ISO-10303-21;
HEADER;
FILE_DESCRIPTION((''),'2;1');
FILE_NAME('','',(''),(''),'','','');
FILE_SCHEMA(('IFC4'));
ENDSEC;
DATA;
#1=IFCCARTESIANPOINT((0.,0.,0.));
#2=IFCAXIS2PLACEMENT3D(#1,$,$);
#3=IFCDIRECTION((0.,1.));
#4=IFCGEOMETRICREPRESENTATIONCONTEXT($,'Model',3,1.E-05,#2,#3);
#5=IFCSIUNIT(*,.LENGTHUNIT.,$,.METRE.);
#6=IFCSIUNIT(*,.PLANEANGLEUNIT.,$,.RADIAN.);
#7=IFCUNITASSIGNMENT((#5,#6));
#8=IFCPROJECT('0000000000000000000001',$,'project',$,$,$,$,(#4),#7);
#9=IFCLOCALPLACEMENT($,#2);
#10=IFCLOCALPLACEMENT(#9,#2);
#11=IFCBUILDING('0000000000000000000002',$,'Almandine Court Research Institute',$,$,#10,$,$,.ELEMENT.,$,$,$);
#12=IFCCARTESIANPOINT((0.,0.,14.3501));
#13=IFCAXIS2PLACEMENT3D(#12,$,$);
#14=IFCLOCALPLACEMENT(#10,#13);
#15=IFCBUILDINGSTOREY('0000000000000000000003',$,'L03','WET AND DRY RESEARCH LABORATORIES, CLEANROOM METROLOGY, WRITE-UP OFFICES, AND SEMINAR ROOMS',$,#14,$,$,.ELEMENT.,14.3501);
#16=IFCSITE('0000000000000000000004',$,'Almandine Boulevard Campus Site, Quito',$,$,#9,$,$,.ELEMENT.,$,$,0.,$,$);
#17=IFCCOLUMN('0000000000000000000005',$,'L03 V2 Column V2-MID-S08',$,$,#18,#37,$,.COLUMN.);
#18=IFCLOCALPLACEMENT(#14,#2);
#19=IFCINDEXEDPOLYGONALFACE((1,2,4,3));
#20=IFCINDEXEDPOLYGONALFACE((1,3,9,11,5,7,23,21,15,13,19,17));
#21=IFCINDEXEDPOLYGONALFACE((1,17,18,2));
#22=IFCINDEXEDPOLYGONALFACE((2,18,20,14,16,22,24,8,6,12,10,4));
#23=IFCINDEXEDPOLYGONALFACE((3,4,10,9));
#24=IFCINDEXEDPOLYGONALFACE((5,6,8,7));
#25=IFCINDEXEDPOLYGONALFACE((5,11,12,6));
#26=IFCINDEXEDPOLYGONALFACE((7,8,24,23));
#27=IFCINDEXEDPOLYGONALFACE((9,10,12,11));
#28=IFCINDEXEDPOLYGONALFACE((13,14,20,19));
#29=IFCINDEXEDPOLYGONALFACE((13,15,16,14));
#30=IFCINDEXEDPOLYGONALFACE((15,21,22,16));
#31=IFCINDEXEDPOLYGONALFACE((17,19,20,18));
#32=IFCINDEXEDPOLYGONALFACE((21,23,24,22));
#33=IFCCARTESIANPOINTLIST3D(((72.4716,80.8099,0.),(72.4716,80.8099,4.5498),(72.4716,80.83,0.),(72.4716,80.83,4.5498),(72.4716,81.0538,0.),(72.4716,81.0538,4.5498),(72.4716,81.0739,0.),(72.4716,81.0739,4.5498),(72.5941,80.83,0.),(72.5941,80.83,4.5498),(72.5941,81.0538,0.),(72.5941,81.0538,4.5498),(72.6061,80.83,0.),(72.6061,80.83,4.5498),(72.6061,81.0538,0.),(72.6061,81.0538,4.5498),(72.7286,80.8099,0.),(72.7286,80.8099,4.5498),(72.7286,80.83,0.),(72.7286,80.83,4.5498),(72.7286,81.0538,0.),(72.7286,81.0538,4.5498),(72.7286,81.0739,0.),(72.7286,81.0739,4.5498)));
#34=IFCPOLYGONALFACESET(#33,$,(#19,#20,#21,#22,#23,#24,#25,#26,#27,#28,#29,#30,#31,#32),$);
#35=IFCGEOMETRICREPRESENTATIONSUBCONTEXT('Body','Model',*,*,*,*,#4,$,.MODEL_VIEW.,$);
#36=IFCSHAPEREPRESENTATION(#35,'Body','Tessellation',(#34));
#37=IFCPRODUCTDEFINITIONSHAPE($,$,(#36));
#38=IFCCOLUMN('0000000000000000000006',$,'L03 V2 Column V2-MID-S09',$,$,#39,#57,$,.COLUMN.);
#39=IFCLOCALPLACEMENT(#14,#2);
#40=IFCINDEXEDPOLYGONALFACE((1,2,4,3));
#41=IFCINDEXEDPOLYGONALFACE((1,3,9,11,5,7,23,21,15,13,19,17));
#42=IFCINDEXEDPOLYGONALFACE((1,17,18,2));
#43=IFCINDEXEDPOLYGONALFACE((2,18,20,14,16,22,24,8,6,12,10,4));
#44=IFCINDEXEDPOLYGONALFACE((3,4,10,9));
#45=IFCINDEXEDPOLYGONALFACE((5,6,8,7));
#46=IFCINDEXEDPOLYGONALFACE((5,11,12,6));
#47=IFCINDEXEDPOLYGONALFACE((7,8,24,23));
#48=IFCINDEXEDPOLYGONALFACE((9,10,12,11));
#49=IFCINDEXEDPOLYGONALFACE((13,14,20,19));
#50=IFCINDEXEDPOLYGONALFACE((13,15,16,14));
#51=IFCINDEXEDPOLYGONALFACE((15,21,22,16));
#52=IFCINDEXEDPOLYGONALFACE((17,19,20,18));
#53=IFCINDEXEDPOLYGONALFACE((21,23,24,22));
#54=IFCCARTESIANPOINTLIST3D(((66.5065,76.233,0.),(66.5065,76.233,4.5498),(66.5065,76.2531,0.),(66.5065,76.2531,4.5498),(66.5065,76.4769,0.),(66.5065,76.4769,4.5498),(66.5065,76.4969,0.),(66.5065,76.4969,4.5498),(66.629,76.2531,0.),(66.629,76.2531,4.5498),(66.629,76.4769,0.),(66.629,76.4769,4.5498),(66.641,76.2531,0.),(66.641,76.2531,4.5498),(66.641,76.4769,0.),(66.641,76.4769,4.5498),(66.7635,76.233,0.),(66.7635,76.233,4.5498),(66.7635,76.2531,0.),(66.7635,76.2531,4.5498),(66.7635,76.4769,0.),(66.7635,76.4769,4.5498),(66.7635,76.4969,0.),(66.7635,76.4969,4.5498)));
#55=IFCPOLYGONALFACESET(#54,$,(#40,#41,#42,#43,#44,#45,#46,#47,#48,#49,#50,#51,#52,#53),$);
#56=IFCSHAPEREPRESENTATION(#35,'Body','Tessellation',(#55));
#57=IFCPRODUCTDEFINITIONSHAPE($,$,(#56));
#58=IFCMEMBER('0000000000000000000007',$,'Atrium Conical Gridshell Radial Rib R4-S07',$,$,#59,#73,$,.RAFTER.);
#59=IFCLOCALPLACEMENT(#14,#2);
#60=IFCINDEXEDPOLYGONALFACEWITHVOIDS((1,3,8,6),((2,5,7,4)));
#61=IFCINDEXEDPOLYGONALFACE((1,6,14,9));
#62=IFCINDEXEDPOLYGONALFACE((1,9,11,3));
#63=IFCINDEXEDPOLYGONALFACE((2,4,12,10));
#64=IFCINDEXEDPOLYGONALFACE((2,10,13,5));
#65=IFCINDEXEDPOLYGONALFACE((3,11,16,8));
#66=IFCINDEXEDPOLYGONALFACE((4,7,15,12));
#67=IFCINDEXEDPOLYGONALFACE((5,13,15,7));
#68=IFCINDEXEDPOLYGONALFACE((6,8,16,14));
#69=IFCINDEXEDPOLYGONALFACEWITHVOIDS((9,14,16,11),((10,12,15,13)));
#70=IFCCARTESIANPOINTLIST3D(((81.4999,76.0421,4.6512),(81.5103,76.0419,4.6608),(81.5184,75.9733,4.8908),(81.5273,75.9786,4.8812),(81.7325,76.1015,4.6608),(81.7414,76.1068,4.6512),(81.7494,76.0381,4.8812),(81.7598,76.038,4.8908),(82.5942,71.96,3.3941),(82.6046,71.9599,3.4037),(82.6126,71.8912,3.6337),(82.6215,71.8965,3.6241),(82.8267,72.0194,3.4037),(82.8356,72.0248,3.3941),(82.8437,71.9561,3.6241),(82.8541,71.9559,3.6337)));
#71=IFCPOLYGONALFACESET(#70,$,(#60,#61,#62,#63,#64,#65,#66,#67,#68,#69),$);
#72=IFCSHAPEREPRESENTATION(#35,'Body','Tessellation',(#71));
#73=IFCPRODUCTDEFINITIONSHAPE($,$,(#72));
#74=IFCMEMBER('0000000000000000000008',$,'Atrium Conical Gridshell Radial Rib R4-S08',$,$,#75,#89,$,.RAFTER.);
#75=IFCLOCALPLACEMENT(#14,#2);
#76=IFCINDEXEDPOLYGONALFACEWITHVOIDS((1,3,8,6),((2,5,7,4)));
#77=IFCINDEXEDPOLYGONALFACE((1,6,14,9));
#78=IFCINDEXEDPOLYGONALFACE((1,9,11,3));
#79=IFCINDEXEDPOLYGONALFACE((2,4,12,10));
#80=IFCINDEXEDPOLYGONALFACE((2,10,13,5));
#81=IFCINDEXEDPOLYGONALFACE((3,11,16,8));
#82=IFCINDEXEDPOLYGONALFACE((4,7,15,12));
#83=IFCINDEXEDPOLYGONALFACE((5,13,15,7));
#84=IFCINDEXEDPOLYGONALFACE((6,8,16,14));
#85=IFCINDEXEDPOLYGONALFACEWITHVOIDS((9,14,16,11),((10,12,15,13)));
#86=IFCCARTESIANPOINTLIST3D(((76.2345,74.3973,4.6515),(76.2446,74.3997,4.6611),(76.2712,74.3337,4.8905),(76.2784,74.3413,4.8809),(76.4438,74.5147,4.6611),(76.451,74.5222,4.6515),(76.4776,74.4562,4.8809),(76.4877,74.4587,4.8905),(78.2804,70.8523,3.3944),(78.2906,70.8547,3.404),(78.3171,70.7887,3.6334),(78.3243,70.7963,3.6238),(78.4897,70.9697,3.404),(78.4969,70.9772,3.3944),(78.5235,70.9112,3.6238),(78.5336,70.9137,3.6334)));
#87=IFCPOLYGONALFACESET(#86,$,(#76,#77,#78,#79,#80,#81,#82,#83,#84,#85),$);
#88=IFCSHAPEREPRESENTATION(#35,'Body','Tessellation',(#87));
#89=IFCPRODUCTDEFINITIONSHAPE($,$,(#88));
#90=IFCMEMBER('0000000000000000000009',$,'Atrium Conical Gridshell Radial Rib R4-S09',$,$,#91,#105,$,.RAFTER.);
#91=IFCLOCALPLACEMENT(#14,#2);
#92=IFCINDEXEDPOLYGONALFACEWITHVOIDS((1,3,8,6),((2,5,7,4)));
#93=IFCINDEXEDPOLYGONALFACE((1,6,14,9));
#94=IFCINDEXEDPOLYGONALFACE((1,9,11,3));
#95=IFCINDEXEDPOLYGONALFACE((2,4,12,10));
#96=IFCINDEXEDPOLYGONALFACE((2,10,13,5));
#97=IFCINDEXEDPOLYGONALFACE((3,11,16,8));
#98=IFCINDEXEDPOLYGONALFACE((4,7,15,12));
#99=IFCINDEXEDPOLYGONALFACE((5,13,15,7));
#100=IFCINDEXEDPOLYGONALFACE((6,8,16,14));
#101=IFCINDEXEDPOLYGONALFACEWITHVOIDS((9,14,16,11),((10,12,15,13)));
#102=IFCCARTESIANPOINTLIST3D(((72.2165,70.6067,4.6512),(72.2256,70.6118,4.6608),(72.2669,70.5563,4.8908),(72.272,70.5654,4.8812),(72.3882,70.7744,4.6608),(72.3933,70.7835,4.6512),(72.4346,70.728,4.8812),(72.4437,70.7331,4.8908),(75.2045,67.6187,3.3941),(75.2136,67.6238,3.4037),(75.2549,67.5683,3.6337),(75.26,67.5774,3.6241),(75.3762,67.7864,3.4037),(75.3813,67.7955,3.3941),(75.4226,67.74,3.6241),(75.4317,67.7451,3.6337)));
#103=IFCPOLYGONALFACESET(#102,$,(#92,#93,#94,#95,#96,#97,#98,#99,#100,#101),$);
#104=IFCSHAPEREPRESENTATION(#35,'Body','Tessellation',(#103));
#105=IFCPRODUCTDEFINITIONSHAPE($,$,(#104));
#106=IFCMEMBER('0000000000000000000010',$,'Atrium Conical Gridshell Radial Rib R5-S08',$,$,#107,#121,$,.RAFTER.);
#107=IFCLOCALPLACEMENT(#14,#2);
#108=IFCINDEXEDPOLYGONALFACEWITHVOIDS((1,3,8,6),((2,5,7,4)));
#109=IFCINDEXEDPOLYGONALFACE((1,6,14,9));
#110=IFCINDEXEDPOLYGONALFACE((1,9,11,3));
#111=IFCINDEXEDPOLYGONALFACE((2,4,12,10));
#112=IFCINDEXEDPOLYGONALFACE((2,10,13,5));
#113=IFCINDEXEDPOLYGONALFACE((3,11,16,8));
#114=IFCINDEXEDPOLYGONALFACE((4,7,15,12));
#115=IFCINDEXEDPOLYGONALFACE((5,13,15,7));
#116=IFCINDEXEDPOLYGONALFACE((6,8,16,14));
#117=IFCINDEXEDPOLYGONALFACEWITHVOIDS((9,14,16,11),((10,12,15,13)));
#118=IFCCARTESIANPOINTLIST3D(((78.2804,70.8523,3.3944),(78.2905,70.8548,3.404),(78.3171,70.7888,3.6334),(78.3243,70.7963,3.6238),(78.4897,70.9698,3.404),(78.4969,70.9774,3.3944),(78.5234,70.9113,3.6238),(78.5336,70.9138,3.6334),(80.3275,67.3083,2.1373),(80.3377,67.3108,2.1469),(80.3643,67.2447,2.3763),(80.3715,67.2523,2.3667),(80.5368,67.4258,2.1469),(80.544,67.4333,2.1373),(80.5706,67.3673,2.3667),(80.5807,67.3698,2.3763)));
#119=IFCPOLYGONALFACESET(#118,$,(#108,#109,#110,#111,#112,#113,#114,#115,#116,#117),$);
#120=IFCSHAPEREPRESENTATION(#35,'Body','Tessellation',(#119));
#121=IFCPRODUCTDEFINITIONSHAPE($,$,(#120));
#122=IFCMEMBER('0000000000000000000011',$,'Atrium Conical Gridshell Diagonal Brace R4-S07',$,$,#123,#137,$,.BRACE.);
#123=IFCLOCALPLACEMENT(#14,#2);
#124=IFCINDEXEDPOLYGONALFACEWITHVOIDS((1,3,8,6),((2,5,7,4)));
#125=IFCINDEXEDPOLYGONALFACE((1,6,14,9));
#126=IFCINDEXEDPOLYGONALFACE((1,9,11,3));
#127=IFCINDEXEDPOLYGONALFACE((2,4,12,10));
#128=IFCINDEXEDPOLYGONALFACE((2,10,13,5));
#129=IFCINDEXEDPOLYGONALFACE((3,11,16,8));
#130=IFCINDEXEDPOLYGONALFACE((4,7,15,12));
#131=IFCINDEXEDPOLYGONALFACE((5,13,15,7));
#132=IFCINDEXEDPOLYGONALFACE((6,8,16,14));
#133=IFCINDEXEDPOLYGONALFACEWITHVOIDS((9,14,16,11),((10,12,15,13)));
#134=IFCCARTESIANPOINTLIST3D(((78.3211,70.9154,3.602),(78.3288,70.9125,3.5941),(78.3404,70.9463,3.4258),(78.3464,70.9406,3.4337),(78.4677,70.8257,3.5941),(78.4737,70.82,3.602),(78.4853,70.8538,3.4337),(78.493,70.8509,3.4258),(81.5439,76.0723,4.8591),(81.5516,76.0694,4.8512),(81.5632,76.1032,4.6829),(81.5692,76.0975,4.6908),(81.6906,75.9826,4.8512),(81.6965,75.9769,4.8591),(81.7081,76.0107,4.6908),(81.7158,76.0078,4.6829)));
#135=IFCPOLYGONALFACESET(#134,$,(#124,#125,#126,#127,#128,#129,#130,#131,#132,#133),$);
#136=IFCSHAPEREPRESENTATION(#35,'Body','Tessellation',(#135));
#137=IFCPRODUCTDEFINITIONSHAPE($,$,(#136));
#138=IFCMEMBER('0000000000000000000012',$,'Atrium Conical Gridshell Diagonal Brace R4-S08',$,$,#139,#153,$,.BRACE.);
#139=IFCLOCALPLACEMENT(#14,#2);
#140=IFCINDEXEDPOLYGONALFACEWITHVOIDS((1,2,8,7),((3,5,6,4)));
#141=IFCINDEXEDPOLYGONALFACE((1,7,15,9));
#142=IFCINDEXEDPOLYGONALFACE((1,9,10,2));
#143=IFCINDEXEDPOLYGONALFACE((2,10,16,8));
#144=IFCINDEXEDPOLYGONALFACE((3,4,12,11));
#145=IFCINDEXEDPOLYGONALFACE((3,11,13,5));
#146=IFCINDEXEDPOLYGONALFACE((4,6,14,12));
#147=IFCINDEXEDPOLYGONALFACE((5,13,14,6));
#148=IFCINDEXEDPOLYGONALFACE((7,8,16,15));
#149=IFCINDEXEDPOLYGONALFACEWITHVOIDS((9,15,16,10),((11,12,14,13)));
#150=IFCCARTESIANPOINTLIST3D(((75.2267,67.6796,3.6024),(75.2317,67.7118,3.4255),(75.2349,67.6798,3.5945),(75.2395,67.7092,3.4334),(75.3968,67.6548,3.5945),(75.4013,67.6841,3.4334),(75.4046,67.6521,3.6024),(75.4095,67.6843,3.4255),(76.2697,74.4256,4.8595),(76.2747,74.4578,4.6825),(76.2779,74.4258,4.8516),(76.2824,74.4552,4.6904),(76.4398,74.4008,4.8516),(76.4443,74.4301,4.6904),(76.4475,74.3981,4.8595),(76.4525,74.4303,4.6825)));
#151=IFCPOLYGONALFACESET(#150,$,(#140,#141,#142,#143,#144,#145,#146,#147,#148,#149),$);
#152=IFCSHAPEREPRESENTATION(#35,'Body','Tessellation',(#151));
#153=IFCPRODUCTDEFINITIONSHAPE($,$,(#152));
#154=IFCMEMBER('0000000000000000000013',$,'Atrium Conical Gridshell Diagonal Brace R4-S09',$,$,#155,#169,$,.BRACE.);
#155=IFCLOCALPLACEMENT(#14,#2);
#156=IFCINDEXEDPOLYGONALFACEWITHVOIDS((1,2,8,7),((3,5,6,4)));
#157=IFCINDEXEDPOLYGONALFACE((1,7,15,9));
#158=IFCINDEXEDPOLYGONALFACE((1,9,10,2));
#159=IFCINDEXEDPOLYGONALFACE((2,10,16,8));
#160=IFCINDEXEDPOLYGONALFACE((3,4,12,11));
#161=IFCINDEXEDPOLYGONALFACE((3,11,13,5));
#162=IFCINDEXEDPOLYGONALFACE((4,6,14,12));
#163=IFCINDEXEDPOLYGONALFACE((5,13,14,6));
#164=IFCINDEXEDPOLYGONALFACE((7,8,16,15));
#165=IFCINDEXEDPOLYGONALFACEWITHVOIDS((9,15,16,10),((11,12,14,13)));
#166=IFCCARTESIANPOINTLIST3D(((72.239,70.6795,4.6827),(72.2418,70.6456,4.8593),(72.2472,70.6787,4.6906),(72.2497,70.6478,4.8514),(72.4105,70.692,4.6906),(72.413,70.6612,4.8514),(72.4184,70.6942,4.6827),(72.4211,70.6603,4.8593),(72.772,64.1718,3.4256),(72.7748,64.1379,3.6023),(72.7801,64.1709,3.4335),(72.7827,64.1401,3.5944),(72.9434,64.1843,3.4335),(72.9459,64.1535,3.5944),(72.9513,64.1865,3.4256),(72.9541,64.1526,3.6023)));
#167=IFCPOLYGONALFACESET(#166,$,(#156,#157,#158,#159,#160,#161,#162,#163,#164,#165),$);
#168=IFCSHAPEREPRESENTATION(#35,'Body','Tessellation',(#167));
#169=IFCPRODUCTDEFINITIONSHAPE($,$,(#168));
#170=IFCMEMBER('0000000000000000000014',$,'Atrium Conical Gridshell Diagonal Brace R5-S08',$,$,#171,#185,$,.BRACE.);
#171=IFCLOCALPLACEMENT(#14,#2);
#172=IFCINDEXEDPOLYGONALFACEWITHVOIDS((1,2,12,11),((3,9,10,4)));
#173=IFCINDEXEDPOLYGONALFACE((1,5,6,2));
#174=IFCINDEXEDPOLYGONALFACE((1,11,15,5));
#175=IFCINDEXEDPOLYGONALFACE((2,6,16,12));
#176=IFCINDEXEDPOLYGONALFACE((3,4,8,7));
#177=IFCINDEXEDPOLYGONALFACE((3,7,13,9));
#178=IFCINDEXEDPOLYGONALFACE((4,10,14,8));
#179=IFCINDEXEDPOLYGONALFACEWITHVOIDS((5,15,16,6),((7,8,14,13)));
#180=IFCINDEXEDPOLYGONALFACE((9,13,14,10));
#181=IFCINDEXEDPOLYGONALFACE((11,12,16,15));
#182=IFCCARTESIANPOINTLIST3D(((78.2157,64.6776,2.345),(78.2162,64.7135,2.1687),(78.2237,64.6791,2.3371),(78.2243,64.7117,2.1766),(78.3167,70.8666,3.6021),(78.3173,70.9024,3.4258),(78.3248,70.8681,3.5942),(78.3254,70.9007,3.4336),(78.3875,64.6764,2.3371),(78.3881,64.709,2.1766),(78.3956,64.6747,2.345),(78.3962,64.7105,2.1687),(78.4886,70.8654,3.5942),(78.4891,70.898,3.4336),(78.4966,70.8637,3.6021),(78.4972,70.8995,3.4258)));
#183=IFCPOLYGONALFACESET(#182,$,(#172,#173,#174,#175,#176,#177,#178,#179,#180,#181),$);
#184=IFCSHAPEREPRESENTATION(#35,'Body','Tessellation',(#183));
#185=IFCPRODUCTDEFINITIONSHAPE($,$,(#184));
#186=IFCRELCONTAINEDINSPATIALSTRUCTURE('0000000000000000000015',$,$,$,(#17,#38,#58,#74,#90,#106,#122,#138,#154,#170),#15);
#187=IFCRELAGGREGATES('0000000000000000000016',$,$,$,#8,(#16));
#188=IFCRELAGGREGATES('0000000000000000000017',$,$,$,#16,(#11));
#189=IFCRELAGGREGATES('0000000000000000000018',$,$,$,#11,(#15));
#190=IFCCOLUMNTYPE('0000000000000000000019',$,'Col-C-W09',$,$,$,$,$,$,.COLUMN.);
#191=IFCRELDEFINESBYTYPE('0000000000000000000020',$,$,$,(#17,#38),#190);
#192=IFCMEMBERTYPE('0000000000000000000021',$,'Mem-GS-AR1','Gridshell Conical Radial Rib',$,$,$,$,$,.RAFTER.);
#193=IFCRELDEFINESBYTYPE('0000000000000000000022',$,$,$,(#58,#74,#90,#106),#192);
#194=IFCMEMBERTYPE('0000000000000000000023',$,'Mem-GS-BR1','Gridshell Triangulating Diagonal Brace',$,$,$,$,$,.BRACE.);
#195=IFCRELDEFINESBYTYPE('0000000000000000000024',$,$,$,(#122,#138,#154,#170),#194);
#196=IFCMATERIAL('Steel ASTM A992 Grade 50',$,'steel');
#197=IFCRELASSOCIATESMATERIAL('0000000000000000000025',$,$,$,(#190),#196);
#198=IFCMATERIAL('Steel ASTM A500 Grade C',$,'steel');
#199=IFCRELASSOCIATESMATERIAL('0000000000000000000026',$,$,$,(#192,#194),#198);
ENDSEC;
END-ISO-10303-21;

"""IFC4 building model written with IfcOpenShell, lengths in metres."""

from ifc_helpers import new_model, si_unit, direction, frame, origin, origin_2d, place, context, subcontext, project, spatial, hollow_rectangle, i_section, extrude, material, material_profile, profile_set, type_object, element, save


model = new_model("IFC4")

# Units and contexts
model_context = context("Model", 3, precision=1e-05, world=origin(), true_north=direction((0.0, 1.0)))
body_context = subcontext(model_context, "Body", "Model", "MODEL_VIEW")
ifc_project = project(units=[si_unit("LENGTHUNIT", "METRE"), si_unit("PLANEANGLEUNIT", "RADIAN")], contexts=[model_context])

# Site, building, storey
site_placement = place(None, origin())
site = spatial("IfcSite", under=ifc_project, at=site_placement, Name="Almandine Boulevard Campus Site, Quito", CompositionType="ELEMENT", RefElevation=0.0)
building_placement = place(site_placement, origin())
building = spatial("IfcBuilding", under=site, at=building_placement, Name="Almandine Court Research Institute", CompositionType="ELEMENT")
storey_placement = place(building_placement, frame((0.0, 0.0, 14.3501)))
storey = spatial("IfcBuildingStorey", under=building, at=storey_placement, Name="L03", Description="WET AND DRY RESEARCH LABORATORIES, CLEANROOM METROLOGY, WRITE-UP OFFICES, AND SEMINAR ROOMS", CompositionType="ELEMENT", Elevation=14.3501)

# Columns
ifc_material_1 = material(Name="Steel ASTM A992 Grade 50", Category="steel")
ifc_material_profile_1 = material_profile(ifc_material_1, i_section(OverallWidth=0.2571, OverallDepth=0.2639, WebThickness=0.012, FlangeThickness=0.02, at=origin_2d()), Name="W250x101")
ifc_profile_set_1 = profile_set([ifc_material_profile_1], Name="Steel ASTM A992 Grade 50")
column_type = type_object("IfcColumnType", Name="Col-C-W09", PredefinedType="COLUMN", material=ifc_profile_set_1)
for number, where, z_axis, x_axis, name in (
    (1, (72.6001, 80.9419, 0.0), (0.0, 0.0, 1.0), (1.0, 0.0, 0.0), "L03 V2 Column V2-MID-S08"),
    (2, (66.635, 76.365, 0.0), (0.0, 0.0, 1.0), (1.0, 0.0, 0.0), "L03 V2 Column V2-MID-S09"),
):
    element("IfcColumn", number, at=place(storey_placement, frame(where, z_axis=z_axis, x_axis=x_axis)), inside=storey, type_object=column_type, Name=name, PredefinedType="COLUMN", context=body_context, shape_type="SweptSolid", body=[
        extrude(i_section(OverallWidth=0.2571, OverallDepth=0.2639, WebThickness=0.012, FlangeThickness=0.02, at=origin_2d()), origin(), (0.0, 0.0, 1.0), 4.5498),
    ])

# Members
ifc_material_2 = material(Name="Steel ASTM A500 Grade C", Category="steel")
ifc_material_profile_2 = material_profile(ifc_material_2, hollow_rectangle(XDim=0.25, YDim=0.25, WallThickness=0.01, at=origin_2d()), Name="HSS 250x250x10")
ifc_profile_set_2 = profile_set([ifc_material_profile_2], Name="Steel ASTM A500 Grade C")
member_type_1 = type_object("IfcMemberType", Name="Mem-GS-AR1", Description="Gridshell Conical Radial Rib", PredefinedType="RAFTER", material=ifc_profile_set_2)
member_1_placement = place(storey_placement, frame((81.6299, 76.04, 4.771), z_axis=(0.248175, -0.92581, -0.285107), x_axis=(0.965899, 0.258921, 0.0)))
element("IfcMember", 3, at=member_1_placement, inside=storey, type_object=member_type_1, Name="Atrium Conical Gridshell Radial Rib R4-S07", PredefinedType="RAFTER", context=body_context, shape_type="SweptSolid", body=[
    extrude(hollow_rectangle(XDim=0.25, YDim=0.25, WallThickness=0.01, at=origin_2d()), origin(), (0.0, 0.0, 1.0), 4.4092),
])
member_2_placement = place(storey_placement, frame((76.3611, 74.428, 4.771), z_axis=(0.477831, -0.827936, -0.293598), x_axis=(0.866106, 0.49986, 0.0)))
element("IfcMember", 4, at=member_2_placement, inside=storey, type_object=member_type_1, Name="Atrium Conical Gridshell Radial Rib R4-S08", PredefinedType="RAFTER", context=body_context, shape_type="SweptSolid", body=[
    extrude(hollow_rectangle(XDim=0.25, YDim=0.25, WallThickness=0.01, at=origin_2d()), origin(), (0.0, 0.0, 1.0), 4.2817),
])
member_3_placement = place(storey_placement, frame((72.3301, 70.6699, 4.771), z_axis=(0.677753, -0.677753, -0.285134), x_axis=(0.707107, 0.707107, 0.0)))
element("IfcMember", 5, at=member_3_placement, inside=storey, type_object=member_type_1, Name="Atrium Conical Gridshell Radial Rib R4-S09", PredefinedType="RAFTER", context=body_context, shape_type="SweptSolid", body=[
    extrude(hollow_rectangle(XDim=0.25, YDim=0.25, WallThickness=0.01, at=origin_2d()), origin(), (0.0, 0.0, 1.0), 4.4087),
])
member_4_placement = place(storey_placement, frame((78.407, 70.8831, 3.5139), z_axis=(0.478141, -0.827751, -0.293613), x_axis=(0.865917, 0.500187, 0.0)))
element("IfcMember", 6, at=member_4_placement, inside=storey, type_object=member_type_1, Name="Atrium Conical Gridshell Radial Rib R5-S08", PredefinedType="RAFTER", context=body_context, shape_type="SweptSolid", body=[
    extrude(hollow_rectangle(XDim=0.25, YDim=0.25, WallThickness=0.01, at=origin_2d()), origin(), (0.0, 0.0, 1.0), 4.2815),
])
ifc_material_profile_3 = material_profile(ifc_material_2, hollow_rectangle(XDim=0.1799, YDim=0.1799, WallThickness=0.0081, at=origin_2d()), Name="HSS 180x180x8")
ifc_profile_set_3 = profile_set([ifc_material_profile_3], Name="Steel ASTM A500 Grade C")
member_type_2 = type_object("IfcMemberType", Name="Mem-GS-BR1", Description="Gridshell Triangulating Diagonal Brace", PredefinedType="BRACE", material=ifc_profile_set_3)
member_5_placement = place(storey_placement, frame((81.6299, 76.04, 4.771), z_axis=(-0.519001, -0.830457, -0.202434), x_axis=(0.848014, -0.529974, 0.0)))
element("IfcMember", 7, at=member_5_placement, inside=storey, type_object=member_type_2, Name="Atrium Conical Gridshell Diagonal Brace R4-S07", PredefinedType="BRACE", context=body_context, shape_type="SweptSolid", body=[
    extrude(hollow_rectangle(XDim=0.1799, YDim=0.1799, WallThickness=0.0081, at=origin_2d()), origin(), (0.0, 0.0, 1.0), 6.2097),
])
member_6_placement = place(storey_placement, frame((76.3611, 74.428, 4.771), z_axis=(-0.150262, -0.971916, -0.181109), x_axis=(0.988259, -0.152788, 0.0)))
element("IfcMember", 8, at=member_6_placement, inside=storey, type_object=member_type_2, Name="Atrium Conical Gridshell Diagonal Brace R4-S08", PredefinedType="BRACE", context=body_context, shape_type="SweptSolid", body=[
    extrude(hollow_rectangle(XDim=0.1799, YDim=0.1799, WallThickness=0.0081, at=origin_2d()), origin(), (0.0, 0.0, 1.0), 6.9409),
])
member_7_placement = place(storey_placement, frame((72.3301, 70.6699, 4.771), z_axis=(0.08015, -0.978691, -0.189049), x_axis=(0.996663, 0.081622, 0.0)))
element("IfcMember", 9, at=member_7_placement, inside=storey, type_object=member_type_2, Name="Atrium Conical Gridshell Diagonal Brace R4-S09", PredefinedType="BRACE", context=body_context, shape_type="SweptSolid", body=[
    extrude(hollow_rectangle(XDim=0.1799, YDim=0.1799, WallThickness=0.0081, at=origin_2d()), origin(), (0.0, 0.0, 1.0), 6.6494),
])
member_8_placement = place(storey_placement, frame((78.407, 70.8831, 3.5139), z_axis=(-0.016003, -0.979863, -0.199026), x_axis=(0.999867, -0.016329, 0.0)))
element("IfcMember", 10, at=member_8_placement, inside=storey, type_object=member_type_2, Name="Atrium Conical Gridshell Diagonal Brace R5-S08", PredefinedType="BRACE", context=body_context, shape_type="SweptSolid", body=[
    extrude(hollow_rectangle(XDim=0.1799, YDim=0.1799, WallThickness=0.0081, at=origin_2d()), origin(), (0.0, 0.0, 1.0), 6.3162),
])

save(model, "model.ifc")
